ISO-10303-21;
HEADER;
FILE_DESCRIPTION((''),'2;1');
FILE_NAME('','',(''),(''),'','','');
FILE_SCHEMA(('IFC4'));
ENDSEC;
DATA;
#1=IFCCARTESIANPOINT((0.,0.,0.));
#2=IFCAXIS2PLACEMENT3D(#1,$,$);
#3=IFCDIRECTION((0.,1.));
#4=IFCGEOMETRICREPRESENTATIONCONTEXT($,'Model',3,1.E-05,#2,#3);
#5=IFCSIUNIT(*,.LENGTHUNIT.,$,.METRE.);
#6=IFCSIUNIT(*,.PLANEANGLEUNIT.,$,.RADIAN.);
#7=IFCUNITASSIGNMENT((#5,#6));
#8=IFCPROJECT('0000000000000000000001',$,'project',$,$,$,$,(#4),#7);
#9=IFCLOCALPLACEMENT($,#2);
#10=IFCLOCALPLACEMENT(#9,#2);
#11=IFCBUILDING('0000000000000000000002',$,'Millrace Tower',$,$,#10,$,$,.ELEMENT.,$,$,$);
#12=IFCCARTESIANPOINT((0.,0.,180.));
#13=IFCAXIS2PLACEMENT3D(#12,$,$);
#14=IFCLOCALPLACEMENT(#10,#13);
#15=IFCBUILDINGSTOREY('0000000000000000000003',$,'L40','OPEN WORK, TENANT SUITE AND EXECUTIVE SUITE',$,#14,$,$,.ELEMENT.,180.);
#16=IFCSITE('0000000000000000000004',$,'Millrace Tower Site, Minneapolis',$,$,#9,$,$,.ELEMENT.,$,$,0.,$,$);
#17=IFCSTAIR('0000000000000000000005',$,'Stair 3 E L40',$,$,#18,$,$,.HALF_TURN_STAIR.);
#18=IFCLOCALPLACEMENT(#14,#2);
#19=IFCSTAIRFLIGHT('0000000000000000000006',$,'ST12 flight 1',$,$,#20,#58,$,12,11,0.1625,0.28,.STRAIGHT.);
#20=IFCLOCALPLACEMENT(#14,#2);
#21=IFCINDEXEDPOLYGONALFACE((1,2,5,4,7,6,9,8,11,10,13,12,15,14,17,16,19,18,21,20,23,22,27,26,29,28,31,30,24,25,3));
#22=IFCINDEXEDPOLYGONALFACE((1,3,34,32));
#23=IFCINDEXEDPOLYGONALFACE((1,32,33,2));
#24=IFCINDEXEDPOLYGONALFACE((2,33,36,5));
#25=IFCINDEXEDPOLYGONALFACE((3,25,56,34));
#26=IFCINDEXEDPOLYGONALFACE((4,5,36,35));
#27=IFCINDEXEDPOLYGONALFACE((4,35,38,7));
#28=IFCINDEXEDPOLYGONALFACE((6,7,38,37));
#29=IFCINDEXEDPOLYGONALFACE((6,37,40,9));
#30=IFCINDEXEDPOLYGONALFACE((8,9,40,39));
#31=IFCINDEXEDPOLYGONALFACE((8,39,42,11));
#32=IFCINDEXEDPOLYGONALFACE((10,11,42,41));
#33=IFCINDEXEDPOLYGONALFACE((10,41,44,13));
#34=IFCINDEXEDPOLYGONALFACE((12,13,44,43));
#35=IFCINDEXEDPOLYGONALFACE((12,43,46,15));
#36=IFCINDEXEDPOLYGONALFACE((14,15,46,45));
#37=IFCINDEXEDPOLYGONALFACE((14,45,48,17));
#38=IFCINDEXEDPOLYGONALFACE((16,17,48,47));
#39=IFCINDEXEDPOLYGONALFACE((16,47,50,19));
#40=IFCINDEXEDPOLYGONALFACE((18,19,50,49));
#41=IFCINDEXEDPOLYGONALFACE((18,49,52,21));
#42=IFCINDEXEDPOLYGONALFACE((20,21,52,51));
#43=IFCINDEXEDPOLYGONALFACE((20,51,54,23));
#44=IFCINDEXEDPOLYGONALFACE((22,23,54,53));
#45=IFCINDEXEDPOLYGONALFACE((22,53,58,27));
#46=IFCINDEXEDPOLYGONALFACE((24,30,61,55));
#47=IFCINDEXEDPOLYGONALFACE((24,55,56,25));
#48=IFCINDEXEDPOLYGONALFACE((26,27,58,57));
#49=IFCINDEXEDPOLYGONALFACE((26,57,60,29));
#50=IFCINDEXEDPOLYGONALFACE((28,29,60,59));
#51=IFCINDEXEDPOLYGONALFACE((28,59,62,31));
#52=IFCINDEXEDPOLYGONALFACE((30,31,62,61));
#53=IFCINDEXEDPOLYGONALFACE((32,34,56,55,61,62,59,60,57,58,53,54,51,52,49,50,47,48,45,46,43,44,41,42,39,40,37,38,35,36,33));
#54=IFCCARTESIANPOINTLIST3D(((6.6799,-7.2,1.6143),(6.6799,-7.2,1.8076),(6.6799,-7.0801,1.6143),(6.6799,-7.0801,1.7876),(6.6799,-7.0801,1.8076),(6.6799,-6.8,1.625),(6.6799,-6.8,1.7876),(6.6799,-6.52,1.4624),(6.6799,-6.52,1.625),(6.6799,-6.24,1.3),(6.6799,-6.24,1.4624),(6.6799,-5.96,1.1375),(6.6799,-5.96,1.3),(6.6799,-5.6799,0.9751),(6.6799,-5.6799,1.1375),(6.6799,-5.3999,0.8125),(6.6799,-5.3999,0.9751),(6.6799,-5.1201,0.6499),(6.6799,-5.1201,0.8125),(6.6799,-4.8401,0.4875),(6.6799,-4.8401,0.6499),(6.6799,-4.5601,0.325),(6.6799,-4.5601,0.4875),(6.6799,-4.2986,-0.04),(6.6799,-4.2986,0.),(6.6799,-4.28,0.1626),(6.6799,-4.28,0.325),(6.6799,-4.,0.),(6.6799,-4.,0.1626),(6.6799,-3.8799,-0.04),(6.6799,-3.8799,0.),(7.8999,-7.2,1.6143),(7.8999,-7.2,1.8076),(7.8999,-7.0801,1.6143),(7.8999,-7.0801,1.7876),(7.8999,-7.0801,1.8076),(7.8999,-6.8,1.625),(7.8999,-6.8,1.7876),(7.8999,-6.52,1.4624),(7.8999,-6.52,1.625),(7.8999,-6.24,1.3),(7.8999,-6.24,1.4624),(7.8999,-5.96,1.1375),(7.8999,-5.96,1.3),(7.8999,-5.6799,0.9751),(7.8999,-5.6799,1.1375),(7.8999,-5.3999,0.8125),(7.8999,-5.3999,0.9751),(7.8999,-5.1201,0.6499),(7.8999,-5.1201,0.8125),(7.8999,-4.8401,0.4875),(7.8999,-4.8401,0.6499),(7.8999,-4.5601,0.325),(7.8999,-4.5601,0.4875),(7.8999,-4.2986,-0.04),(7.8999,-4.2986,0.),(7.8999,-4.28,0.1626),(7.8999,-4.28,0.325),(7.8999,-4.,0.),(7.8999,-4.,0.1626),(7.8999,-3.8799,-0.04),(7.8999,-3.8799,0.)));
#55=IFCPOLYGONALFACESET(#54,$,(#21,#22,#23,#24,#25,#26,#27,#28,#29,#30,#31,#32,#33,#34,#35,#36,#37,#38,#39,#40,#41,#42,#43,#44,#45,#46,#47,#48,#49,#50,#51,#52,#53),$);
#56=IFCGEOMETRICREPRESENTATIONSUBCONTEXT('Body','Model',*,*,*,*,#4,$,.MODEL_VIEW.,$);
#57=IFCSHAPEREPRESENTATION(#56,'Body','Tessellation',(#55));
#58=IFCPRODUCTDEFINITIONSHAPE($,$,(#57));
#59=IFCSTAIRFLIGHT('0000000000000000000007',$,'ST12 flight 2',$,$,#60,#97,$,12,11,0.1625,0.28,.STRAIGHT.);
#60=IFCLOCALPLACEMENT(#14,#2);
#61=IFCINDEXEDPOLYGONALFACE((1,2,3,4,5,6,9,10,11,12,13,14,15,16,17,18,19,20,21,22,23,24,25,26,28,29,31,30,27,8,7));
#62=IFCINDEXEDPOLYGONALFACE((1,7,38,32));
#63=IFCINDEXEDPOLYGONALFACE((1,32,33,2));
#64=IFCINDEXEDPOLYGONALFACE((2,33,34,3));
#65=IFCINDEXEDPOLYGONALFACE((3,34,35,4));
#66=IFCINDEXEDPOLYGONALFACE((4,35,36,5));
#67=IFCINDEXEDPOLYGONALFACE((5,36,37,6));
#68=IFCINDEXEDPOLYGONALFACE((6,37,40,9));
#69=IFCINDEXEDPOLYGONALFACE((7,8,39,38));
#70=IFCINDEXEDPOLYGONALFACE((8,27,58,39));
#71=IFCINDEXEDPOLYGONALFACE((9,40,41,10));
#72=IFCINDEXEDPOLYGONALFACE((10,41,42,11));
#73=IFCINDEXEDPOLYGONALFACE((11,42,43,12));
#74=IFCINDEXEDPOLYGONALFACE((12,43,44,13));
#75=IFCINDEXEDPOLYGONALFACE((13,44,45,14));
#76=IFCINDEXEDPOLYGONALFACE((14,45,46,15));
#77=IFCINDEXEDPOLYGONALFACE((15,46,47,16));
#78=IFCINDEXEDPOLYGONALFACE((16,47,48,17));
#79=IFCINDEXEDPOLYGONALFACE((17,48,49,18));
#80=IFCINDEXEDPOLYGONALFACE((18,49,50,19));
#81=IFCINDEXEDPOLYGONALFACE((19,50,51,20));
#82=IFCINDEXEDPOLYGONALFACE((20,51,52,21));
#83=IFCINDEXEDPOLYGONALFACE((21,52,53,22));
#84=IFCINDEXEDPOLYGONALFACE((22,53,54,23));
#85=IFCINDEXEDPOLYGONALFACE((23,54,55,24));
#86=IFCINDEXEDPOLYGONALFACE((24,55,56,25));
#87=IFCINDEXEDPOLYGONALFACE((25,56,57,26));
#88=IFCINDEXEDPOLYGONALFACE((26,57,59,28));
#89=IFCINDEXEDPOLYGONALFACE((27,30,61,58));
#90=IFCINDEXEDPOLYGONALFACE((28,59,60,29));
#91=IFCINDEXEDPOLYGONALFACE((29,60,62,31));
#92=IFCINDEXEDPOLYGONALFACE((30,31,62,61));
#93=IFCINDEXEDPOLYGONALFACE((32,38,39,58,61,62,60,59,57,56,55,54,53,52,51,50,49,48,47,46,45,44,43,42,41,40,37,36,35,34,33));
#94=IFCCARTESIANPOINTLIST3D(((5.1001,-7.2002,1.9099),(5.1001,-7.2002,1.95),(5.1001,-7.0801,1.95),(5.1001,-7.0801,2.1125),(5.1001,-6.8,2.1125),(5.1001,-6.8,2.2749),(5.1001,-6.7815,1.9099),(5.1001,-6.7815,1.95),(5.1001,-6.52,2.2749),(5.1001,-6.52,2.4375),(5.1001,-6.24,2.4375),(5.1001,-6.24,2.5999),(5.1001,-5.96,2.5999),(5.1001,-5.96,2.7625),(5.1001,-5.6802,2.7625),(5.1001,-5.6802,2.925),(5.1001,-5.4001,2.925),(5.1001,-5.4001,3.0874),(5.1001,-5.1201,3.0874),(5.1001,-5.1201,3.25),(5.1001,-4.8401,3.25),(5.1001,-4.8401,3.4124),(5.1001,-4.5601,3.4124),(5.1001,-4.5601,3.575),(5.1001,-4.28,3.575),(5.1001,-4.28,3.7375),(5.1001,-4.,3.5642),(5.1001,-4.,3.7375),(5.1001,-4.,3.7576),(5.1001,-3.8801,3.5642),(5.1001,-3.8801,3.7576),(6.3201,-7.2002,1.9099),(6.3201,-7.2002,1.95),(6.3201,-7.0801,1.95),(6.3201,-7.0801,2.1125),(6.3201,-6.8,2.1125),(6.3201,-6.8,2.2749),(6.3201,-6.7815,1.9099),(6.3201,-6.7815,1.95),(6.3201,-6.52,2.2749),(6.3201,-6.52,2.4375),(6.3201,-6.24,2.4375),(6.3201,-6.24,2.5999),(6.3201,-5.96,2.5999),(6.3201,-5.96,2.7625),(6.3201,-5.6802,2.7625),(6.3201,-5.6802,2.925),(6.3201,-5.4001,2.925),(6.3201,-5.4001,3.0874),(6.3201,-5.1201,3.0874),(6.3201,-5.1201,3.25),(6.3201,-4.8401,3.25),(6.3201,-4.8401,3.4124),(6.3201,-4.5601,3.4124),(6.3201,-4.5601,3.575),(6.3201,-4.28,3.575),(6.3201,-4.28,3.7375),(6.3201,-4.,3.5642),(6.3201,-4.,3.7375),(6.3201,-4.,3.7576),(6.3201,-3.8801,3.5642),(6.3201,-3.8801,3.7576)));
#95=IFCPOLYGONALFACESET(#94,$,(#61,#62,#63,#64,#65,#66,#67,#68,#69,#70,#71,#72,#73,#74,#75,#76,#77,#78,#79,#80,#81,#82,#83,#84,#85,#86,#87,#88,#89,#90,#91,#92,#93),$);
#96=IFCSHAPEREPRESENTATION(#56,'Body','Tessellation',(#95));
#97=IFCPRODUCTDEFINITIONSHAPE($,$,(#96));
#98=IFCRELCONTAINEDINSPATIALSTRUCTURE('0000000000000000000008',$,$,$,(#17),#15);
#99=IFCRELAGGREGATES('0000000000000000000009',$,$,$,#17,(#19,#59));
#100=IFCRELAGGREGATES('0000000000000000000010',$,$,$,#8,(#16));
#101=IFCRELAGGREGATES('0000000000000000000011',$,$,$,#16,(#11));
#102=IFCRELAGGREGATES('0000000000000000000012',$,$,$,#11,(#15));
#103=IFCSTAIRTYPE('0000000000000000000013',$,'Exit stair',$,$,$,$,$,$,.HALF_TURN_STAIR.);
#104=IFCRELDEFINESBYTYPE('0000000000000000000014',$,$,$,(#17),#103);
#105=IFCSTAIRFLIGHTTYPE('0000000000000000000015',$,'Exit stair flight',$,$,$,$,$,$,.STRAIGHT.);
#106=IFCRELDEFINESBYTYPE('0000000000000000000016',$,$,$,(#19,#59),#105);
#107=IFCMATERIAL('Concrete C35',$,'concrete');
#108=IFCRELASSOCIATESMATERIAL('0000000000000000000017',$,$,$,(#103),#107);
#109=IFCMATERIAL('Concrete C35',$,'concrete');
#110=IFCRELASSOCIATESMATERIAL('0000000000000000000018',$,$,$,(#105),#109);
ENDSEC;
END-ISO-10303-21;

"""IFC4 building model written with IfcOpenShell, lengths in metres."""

from ifc_helpers import new_model, si_unit, direction, frame, origin, place, context, subcontext, project, spatial, polyline, outline, extrude, material, type_object, element, aggregate, save


model = new_model("IFC4")

# Units and contexts
model_context = context("Model", 3, precision=1e-05, world=origin(), true_north=direction((0.0, 1.0)))
body_context = subcontext(model_context, "Body", "Model", "MODEL_VIEW")
ifc_project = project(units=[si_unit("LENGTHUNIT", "METRE"), si_unit("PLANEANGLEUNIT", "RADIAN")], contexts=[model_context])

# Site, building, storey
site_placement = place(None, origin())
site = spatial("IfcSite", under=ifc_project, at=site_placement, Name="Millrace Tower Site, Minneapolis", CompositionType="ELEMENT", RefElevation=0.0)
building_placement = place(site_placement, origin())
building = spatial("IfcBuilding", under=site, at=building_placement, Name="Millrace Tower", CompositionType="ELEMENT")
storey_placement = place(building_placement, frame((0.0, 0.0, 180.0)))
storey = spatial("IfcBuildingStorey", under=building, at=storey_placement, Name="L40", Description="OPEN WORK, TENANT SUITE AND EXECUTIVE SUITE", CompositionType="ELEMENT", Elevation=180.0)

# Shared definitions
placement = place(storey_placement, origin())

# Shared definitions
ifc_material_1 = material(Name="Concrete C35", Category="concrete")
stair_type = type_object("IfcStairType", Name="Exit stair", PredefinedType="HALF_TURN_STAIR", material=ifc_material_1)
ifc_material_2 = material(Name="Concrete C35", Category="concrete")
stair_flight_type = type_object("IfcStairFlightType", Name="Exit stair flight", PredefinedType="STRAIGHT", material=ifc_material_2)

# Stair, stair flights
stair_1 = element("IfcStair", 1, at=placement, inside=storey, type_object=stair_type, Name="Stair 3 E L40", PredefinedType="HALF_TURN_STAIR")
stair_flight_1_placement = place(storey_placement, frame((7.29, -4.0, 0.0), z_axis=(0.0, 0.0, 1.0), x_axis=(0.0, -1.0, 0.0)))
stair_flight_1 = element("IfcStairFlight", 2, at=stair_flight_1_placement, type_object=stair_flight_type, Name="ST12 flight 1", NumberOfRisers=12, NumberOfTreads=11, PredefinedType="STRAIGHT", RiserHeight=0.1625, TreadLength=0.28, context=body_context, shape_type="SweptSolid", body=[
    extrude(outline(polyline([(-0.1201, -0.04), (-0.1201, 0.0), (0.0, 0.0), (0.0, 0.1626), (0.28, 0.1626), (0.28, 0.325), (0.5601, 0.325), (0.5601, 0.4875), (0.8401, 0.4875), (0.8401, 0.6499), (1.1201, 0.6499), (1.1201, 0.8125), (1.3999, 0.8125), (1.3999, 0.9751), (1.6799, 0.9751), (1.6799, 1.1375), (1.96, 1.1375), (1.96, 1.3), (2.24, 1.3), (2.24, 1.4624), (2.52, 1.4624), (2.52, 1.625), (2.8, 1.625), (2.8, 1.7876), (3.0801, 1.7876), (3.0801, 1.8076), (3.2, 1.8076), (3.2, 1.6143), (3.0801, 1.6143), (0.2986, 0.0), (0.2986, -0.04), (-0.1201, -0.04)])), frame((0.0, 0.6099, 0.0), z_axis=(0.0, -1.0, 0.0), x_axis=(1.0, 0.0, 0.0)), (0.0, 0.0, 1.0), 1.22),
])
stair_flight_2_placement = place(storey_placement, frame((5.71, -7.0801, 1.95), z_axis=(0.0, 0.0, 1.0), x_axis=(0.0, 1.0, 0.0)))
stair_flight_2 = element("IfcStairFlight", 3, at=stair_flight_2_placement, type_object=stair_flight_type, Name="ST12 flight 2", NumberOfRisers=12, NumberOfTreads=11, PredefinedType="STRAIGHT", RiserHeight=0.1625, TreadLength=0.28, context=body_context, shape_type="SweptSolid", body=[
    extrude(outline(polyline([(-0.1201, -0.04), (-0.1201, 0.0), (0.0, 0.0), (0.0, 0.1626), (0.28, 0.1626), (0.28, 0.325), (0.5601, 0.325), (0.5601, 0.4875), (0.8401, 0.4875), (0.8401, 0.6499), (1.1201, 0.6499), (1.1201, 0.8125), (1.3999, 0.8125), (1.3999, 0.9751), (1.6799, 0.9751), (1.6799, 1.1375), (1.96, 1.1375), (1.96, 1.3), (2.24, 1.3), (2.24, 1.4624), (2.52, 1.4624), (2.52, 1.625), (2.8, 1.625), (2.8, 1.7876), (3.0801, 1.7876), (3.0801, 1.8076), (3.2, 1.8076), (3.2, 1.6143), (3.0801, 1.6143), (0.2986, 0.0), (0.2986, -0.04), (-0.1201, -0.04)])), frame((0.0, 0.6099, 0.0), z_axis=(0.0, -1.0, 0.0), x_axis=(1.0, 0.0, 0.0)), (0.0, 0.0, 1.0), 1.22),
])
aggregate(stair_1, [stair_flight_1, stair_flight_2])

save(model, "model.ifc")
